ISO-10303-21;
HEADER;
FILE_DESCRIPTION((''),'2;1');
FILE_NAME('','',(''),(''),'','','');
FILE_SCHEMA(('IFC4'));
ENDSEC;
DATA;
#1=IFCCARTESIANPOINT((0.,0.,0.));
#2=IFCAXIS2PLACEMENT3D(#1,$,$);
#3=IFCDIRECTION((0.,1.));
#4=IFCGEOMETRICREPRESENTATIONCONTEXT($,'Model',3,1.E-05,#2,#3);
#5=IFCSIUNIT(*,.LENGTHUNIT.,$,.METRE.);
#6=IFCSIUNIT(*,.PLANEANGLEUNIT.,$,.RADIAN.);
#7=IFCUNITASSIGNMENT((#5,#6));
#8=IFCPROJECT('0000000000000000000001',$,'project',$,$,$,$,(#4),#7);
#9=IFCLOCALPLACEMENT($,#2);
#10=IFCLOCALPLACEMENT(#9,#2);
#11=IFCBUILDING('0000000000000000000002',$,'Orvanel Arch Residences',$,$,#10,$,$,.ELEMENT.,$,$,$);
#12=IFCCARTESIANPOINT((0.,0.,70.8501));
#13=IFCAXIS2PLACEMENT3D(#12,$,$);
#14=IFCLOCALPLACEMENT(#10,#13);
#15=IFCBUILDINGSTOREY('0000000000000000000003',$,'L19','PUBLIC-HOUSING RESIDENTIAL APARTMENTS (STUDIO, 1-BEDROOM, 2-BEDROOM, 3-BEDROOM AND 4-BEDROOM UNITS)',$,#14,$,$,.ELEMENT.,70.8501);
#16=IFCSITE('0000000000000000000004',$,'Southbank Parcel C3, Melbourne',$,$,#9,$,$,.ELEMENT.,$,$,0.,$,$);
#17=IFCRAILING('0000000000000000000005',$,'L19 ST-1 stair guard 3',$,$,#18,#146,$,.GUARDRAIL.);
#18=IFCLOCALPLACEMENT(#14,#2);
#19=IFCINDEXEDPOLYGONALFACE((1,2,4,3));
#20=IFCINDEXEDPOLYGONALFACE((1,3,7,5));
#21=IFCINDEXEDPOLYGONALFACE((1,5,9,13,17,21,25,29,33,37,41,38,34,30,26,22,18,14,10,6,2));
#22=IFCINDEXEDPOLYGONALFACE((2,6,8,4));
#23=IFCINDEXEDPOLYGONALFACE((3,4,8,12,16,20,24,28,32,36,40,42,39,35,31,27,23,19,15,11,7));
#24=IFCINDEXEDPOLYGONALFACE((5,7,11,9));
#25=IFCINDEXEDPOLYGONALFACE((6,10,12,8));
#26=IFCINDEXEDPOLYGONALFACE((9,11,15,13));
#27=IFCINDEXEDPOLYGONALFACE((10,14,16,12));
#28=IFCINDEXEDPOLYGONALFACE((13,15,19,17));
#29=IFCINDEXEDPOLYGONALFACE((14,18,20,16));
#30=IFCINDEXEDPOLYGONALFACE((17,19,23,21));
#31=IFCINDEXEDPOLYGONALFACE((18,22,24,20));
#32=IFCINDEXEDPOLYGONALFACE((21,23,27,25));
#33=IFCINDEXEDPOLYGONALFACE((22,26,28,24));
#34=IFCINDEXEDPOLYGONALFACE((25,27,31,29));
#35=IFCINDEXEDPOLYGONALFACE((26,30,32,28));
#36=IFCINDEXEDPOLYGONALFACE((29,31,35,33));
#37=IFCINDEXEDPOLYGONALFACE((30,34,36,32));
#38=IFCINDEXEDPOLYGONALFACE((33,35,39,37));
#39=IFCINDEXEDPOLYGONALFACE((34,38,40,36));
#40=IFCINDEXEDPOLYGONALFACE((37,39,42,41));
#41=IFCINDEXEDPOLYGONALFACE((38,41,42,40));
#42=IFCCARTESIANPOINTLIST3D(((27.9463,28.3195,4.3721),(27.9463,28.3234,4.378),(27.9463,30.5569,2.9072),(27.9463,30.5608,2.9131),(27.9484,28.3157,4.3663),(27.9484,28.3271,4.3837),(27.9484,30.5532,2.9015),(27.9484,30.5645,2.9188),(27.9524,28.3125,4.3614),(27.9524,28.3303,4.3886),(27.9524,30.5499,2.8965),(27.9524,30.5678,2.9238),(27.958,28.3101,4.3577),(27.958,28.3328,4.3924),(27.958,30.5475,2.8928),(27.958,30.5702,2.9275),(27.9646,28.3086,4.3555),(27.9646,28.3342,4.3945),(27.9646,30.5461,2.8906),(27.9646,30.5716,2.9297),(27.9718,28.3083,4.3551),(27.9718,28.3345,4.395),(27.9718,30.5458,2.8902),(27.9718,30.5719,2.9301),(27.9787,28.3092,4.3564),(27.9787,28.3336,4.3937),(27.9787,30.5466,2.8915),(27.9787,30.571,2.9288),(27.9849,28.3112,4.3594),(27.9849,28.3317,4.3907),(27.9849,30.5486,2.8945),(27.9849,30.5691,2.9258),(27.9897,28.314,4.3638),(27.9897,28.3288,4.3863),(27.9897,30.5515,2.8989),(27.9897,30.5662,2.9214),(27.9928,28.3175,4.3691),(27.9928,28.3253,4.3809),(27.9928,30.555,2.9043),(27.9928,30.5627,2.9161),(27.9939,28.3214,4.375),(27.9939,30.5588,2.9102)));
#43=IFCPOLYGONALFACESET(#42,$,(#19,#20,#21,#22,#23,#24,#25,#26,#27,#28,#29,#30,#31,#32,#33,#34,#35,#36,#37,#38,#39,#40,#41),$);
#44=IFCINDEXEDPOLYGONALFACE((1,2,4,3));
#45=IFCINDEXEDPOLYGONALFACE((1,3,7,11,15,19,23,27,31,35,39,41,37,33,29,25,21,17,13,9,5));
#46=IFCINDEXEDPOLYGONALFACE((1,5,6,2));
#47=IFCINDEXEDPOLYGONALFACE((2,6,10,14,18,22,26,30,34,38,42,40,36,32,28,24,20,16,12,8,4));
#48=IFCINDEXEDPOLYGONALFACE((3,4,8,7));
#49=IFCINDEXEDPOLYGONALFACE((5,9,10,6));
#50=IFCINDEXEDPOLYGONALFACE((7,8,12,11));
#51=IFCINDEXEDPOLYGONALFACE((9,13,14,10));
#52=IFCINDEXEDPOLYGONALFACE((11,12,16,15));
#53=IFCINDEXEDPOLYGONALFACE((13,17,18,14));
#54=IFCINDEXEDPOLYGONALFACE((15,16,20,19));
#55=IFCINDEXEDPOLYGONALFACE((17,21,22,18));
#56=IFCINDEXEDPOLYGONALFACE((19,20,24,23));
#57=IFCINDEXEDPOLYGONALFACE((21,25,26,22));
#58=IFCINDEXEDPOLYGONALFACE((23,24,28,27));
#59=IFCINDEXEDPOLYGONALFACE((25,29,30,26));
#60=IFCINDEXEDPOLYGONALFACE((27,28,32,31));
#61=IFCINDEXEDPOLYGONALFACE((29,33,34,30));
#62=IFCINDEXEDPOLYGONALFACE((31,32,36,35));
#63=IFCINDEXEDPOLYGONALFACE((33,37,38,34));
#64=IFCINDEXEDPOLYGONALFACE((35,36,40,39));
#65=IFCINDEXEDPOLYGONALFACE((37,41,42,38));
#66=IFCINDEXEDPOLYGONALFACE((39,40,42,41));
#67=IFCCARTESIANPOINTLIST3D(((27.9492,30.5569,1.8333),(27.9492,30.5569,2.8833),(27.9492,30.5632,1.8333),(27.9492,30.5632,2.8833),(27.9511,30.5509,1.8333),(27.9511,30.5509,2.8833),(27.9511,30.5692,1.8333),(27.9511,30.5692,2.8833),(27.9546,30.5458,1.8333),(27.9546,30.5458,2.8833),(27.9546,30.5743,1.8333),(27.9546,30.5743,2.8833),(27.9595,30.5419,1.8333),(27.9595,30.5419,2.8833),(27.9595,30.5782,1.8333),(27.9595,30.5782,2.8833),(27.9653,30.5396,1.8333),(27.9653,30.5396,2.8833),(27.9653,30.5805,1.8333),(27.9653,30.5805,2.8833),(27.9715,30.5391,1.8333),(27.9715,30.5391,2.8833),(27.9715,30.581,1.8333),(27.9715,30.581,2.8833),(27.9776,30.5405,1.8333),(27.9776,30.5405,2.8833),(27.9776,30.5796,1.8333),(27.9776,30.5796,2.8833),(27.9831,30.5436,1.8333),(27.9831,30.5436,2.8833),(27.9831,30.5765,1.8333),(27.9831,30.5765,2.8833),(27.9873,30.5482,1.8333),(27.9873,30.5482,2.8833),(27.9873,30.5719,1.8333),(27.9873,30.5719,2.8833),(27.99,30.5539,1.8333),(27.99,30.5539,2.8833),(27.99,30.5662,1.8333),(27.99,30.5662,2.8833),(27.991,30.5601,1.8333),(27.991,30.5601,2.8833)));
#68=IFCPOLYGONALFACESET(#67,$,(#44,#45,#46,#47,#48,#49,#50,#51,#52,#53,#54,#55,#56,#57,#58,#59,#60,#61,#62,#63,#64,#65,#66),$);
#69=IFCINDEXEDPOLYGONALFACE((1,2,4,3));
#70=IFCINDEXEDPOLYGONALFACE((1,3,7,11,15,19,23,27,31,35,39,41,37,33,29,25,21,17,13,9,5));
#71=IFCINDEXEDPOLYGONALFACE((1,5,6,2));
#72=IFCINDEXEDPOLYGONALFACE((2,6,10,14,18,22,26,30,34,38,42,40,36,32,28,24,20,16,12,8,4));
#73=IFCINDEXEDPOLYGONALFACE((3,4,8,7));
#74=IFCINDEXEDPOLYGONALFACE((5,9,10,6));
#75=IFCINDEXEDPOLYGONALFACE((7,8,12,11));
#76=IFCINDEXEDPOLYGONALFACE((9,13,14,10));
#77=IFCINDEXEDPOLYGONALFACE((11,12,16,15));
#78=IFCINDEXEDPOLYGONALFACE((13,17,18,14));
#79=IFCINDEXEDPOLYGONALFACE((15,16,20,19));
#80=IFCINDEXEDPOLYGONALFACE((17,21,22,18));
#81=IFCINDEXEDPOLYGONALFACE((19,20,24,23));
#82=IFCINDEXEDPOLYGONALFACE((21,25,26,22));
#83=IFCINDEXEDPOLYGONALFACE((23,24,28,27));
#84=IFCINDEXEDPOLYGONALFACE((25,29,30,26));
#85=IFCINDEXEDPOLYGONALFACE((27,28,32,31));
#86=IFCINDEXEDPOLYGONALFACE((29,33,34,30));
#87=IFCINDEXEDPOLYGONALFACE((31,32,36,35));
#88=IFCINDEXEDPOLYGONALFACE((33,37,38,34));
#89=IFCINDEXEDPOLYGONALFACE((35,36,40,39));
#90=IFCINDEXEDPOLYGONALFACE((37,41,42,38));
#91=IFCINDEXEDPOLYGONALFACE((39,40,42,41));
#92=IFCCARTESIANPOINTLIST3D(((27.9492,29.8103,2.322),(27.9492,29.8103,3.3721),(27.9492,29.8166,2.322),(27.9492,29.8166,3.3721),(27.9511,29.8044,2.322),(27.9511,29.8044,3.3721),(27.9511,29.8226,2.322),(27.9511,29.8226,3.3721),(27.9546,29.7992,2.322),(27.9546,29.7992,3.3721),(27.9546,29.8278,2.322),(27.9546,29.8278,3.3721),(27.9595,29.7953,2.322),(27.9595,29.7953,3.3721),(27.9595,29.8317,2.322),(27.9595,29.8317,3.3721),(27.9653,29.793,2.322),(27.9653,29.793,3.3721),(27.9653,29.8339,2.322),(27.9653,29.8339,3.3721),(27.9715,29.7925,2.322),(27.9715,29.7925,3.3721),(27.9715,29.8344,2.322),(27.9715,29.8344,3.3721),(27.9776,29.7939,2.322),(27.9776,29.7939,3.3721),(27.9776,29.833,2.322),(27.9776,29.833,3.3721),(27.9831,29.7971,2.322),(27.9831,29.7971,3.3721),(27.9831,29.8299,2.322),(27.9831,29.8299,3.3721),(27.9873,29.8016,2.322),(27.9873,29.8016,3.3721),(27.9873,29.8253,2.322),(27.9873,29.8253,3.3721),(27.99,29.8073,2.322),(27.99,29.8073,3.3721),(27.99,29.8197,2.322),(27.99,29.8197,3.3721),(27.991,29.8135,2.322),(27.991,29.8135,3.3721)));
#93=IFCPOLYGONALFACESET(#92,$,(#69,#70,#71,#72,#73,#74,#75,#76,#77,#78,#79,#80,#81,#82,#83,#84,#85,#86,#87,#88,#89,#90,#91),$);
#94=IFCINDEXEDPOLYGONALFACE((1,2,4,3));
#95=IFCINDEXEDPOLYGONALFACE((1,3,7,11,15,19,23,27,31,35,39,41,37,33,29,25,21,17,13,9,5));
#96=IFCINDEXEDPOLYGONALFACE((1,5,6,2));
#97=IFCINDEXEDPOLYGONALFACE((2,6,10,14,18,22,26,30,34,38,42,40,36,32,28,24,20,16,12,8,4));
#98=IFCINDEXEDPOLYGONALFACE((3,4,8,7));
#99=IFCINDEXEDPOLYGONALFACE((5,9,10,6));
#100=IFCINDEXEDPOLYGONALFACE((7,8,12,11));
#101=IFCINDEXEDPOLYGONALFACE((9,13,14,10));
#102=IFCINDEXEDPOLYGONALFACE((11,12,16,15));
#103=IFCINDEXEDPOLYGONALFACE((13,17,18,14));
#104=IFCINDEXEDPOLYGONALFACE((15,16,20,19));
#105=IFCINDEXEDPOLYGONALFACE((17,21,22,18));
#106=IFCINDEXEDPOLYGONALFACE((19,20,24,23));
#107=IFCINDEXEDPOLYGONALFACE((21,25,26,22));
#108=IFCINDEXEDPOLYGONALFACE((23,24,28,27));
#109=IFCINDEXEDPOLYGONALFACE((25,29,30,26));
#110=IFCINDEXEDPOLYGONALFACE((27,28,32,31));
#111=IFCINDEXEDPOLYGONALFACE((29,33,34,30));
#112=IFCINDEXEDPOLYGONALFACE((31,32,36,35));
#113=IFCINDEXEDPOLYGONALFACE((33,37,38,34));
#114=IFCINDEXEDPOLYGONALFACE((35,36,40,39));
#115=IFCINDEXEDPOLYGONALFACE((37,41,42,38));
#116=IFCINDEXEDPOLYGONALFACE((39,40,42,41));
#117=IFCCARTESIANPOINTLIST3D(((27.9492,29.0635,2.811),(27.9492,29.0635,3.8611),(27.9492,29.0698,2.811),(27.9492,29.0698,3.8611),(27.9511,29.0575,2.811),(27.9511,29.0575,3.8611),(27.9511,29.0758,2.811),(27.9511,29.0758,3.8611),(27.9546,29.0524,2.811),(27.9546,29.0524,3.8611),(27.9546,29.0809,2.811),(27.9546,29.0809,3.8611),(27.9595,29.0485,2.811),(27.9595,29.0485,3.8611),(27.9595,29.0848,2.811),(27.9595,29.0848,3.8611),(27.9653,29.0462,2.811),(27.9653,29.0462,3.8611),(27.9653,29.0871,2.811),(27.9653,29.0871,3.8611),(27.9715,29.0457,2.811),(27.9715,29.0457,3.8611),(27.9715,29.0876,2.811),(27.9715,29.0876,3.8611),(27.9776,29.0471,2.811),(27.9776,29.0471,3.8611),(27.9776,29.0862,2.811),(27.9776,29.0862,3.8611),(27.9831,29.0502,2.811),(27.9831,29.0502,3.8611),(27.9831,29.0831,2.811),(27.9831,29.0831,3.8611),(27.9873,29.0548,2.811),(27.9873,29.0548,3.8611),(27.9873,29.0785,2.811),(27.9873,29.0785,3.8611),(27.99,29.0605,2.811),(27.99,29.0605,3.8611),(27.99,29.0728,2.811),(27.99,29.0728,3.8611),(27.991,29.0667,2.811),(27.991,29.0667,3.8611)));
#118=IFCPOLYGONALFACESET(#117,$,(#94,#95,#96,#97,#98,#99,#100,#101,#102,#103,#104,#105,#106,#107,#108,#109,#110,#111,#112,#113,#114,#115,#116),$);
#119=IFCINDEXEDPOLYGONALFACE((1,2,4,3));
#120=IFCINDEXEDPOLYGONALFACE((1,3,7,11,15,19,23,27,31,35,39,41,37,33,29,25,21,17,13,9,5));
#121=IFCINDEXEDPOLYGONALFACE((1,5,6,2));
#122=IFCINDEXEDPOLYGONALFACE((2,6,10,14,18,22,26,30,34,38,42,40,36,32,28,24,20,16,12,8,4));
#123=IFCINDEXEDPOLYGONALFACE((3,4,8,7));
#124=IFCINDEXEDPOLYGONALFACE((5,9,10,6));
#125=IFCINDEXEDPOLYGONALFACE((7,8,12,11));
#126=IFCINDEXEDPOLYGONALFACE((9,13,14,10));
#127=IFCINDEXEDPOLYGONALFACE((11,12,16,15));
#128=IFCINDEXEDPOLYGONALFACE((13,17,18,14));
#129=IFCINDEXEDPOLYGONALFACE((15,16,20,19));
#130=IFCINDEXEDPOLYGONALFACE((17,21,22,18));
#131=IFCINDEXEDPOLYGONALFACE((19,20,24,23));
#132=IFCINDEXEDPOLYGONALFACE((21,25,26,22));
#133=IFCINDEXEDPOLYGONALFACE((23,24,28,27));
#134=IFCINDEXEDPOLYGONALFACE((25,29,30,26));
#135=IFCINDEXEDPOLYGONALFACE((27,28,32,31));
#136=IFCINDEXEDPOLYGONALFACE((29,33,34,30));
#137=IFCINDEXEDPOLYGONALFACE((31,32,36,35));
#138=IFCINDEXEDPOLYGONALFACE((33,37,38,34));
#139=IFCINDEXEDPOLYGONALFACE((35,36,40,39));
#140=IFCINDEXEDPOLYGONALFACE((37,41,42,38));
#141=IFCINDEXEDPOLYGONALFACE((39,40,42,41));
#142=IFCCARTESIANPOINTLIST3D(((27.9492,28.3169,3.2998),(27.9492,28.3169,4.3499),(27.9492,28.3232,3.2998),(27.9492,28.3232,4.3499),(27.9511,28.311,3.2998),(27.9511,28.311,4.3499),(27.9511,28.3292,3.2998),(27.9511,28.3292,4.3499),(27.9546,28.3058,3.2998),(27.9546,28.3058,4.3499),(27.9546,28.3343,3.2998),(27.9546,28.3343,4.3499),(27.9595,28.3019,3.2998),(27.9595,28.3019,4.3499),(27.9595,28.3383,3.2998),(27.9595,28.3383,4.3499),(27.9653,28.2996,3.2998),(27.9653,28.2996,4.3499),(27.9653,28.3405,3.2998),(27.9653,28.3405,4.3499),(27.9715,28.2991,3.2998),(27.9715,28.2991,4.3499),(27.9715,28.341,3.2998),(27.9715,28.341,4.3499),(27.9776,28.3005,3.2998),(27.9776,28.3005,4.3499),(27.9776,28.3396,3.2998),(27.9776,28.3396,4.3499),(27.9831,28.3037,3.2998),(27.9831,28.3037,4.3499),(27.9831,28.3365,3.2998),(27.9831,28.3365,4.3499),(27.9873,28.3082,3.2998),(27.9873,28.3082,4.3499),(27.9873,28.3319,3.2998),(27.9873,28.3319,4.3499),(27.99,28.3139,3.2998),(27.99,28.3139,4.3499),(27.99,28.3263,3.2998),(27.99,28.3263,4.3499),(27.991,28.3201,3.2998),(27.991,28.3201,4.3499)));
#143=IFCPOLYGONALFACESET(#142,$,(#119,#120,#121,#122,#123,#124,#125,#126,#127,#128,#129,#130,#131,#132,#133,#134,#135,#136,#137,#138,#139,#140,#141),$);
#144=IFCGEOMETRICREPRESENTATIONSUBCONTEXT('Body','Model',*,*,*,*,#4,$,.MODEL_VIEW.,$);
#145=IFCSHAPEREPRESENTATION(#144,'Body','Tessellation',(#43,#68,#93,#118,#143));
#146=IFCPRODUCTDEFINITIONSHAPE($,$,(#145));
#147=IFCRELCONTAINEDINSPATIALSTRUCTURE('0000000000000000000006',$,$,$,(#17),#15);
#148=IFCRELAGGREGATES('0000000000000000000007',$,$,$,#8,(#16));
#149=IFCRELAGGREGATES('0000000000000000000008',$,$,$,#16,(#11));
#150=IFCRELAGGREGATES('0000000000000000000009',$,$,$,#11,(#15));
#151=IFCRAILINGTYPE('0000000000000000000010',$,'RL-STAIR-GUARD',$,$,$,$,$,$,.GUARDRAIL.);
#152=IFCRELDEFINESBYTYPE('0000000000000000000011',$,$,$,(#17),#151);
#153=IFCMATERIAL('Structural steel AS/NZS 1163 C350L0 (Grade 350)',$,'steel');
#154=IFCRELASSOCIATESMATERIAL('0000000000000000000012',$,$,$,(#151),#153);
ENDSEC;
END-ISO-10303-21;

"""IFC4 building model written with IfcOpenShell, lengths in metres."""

from ifc_helpers import new_model, si_unit, direction, frame, origin, origin_2d, place, context, subcontext, project, spatial, circle, extrude, material, type_object, element, save


model = new_model("IFC4")

# Units and contexts
model_context = context("Model", 3, precision=1e-05, world=origin(), true_north=direction((0.0, 1.0)))
body_context = subcontext(model_context, "Body", "Model", "MODEL_VIEW")
ifc_project = project(units=[si_unit("LENGTHUNIT", "METRE"), si_unit("PLANEANGLEUNIT", "RADIAN")], contexts=[model_context])

# Site, building, storey
site_placement = place(None, origin())
site = spatial("IfcSite", under=ifc_project, at=site_placement, Name="Southbank Parcel C3, Melbourne", CompositionType="ELEMENT", RefElevation=0.0)
building_placement = place(site_placement, origin())
building = spatial("IfcBuilding", under=site, at=building_placement, Name="Orvanel Arch Residences", CompositionType="ELEMENT")
storey_placement = place(building_placement, frame((0.0, 0.0, 70.8501)))
storey = spatial("IfcBuildingStorey", under=building, at=storey_placement, Name="L19", Description="PUBLIC-HOUSING RESIDENTIAL APARTMENTS (STUDIO, 1-BEDROOM, 2-BEDROOM, 3-BEDROOM AND 4-BEDROOM UNITS)", CompositionType="ELEMENT", Elevation=70.8501)

# Railing
ifc_material_1 = material(Name="Structural steel AS/NZS 1163 C350L0 (Grade 350)", Category="steel")
railing_type_1 = type_object("IfcRailingType", Name="RL-STAIR-GUARD", PredefinedType="GUARDRAIL", material=ifc_material_1)
railing_1_placement = place(storey_placement, frame((27.97, 30.5601, 1.8333)))
element("IfcRailing", 1, at=railing_1_placement, inside=storey, type_object=railing_type_1, Name="L19 ST-1 stair guard 3", PredefinedType="GUARDRAIL", context=body_context, shape_type="SweptSolid", body=[
    extrude(circle(Radius=0.0239, at=origin_2d()), frame((0.0, -0.0012, 1.0769), z_axis=(0.0, -0.836637, 0.547758), x_axis=(1.0, 0.0, 0.0)), (0.0, 0.0, 1.0), 2.6743),
    extrude(circle(Radius=0.021, at=origin_2d()), origin(), (0.0, 0.0, 1.0), 1.05),
    extrude(circle(Radius=0.021, at=origin_2d()), frame((0.0, -0.7466, 0.4888)), (0.0, 0.0, 1.0), 1.05),
    extrude(circle(Radius=0.021, at=origin_2d()), frame((0.0, -1.4934, 0.9778)), (0.0, 0.0, 1.0), 1.05),
    extrude(circle(Radius=0.021, at=origin_2d()), frame((0.0, -2.24, 1.4666)), (0.0, 0.0, 1.0), 1.05),
])

save(model, "model.ifc")
